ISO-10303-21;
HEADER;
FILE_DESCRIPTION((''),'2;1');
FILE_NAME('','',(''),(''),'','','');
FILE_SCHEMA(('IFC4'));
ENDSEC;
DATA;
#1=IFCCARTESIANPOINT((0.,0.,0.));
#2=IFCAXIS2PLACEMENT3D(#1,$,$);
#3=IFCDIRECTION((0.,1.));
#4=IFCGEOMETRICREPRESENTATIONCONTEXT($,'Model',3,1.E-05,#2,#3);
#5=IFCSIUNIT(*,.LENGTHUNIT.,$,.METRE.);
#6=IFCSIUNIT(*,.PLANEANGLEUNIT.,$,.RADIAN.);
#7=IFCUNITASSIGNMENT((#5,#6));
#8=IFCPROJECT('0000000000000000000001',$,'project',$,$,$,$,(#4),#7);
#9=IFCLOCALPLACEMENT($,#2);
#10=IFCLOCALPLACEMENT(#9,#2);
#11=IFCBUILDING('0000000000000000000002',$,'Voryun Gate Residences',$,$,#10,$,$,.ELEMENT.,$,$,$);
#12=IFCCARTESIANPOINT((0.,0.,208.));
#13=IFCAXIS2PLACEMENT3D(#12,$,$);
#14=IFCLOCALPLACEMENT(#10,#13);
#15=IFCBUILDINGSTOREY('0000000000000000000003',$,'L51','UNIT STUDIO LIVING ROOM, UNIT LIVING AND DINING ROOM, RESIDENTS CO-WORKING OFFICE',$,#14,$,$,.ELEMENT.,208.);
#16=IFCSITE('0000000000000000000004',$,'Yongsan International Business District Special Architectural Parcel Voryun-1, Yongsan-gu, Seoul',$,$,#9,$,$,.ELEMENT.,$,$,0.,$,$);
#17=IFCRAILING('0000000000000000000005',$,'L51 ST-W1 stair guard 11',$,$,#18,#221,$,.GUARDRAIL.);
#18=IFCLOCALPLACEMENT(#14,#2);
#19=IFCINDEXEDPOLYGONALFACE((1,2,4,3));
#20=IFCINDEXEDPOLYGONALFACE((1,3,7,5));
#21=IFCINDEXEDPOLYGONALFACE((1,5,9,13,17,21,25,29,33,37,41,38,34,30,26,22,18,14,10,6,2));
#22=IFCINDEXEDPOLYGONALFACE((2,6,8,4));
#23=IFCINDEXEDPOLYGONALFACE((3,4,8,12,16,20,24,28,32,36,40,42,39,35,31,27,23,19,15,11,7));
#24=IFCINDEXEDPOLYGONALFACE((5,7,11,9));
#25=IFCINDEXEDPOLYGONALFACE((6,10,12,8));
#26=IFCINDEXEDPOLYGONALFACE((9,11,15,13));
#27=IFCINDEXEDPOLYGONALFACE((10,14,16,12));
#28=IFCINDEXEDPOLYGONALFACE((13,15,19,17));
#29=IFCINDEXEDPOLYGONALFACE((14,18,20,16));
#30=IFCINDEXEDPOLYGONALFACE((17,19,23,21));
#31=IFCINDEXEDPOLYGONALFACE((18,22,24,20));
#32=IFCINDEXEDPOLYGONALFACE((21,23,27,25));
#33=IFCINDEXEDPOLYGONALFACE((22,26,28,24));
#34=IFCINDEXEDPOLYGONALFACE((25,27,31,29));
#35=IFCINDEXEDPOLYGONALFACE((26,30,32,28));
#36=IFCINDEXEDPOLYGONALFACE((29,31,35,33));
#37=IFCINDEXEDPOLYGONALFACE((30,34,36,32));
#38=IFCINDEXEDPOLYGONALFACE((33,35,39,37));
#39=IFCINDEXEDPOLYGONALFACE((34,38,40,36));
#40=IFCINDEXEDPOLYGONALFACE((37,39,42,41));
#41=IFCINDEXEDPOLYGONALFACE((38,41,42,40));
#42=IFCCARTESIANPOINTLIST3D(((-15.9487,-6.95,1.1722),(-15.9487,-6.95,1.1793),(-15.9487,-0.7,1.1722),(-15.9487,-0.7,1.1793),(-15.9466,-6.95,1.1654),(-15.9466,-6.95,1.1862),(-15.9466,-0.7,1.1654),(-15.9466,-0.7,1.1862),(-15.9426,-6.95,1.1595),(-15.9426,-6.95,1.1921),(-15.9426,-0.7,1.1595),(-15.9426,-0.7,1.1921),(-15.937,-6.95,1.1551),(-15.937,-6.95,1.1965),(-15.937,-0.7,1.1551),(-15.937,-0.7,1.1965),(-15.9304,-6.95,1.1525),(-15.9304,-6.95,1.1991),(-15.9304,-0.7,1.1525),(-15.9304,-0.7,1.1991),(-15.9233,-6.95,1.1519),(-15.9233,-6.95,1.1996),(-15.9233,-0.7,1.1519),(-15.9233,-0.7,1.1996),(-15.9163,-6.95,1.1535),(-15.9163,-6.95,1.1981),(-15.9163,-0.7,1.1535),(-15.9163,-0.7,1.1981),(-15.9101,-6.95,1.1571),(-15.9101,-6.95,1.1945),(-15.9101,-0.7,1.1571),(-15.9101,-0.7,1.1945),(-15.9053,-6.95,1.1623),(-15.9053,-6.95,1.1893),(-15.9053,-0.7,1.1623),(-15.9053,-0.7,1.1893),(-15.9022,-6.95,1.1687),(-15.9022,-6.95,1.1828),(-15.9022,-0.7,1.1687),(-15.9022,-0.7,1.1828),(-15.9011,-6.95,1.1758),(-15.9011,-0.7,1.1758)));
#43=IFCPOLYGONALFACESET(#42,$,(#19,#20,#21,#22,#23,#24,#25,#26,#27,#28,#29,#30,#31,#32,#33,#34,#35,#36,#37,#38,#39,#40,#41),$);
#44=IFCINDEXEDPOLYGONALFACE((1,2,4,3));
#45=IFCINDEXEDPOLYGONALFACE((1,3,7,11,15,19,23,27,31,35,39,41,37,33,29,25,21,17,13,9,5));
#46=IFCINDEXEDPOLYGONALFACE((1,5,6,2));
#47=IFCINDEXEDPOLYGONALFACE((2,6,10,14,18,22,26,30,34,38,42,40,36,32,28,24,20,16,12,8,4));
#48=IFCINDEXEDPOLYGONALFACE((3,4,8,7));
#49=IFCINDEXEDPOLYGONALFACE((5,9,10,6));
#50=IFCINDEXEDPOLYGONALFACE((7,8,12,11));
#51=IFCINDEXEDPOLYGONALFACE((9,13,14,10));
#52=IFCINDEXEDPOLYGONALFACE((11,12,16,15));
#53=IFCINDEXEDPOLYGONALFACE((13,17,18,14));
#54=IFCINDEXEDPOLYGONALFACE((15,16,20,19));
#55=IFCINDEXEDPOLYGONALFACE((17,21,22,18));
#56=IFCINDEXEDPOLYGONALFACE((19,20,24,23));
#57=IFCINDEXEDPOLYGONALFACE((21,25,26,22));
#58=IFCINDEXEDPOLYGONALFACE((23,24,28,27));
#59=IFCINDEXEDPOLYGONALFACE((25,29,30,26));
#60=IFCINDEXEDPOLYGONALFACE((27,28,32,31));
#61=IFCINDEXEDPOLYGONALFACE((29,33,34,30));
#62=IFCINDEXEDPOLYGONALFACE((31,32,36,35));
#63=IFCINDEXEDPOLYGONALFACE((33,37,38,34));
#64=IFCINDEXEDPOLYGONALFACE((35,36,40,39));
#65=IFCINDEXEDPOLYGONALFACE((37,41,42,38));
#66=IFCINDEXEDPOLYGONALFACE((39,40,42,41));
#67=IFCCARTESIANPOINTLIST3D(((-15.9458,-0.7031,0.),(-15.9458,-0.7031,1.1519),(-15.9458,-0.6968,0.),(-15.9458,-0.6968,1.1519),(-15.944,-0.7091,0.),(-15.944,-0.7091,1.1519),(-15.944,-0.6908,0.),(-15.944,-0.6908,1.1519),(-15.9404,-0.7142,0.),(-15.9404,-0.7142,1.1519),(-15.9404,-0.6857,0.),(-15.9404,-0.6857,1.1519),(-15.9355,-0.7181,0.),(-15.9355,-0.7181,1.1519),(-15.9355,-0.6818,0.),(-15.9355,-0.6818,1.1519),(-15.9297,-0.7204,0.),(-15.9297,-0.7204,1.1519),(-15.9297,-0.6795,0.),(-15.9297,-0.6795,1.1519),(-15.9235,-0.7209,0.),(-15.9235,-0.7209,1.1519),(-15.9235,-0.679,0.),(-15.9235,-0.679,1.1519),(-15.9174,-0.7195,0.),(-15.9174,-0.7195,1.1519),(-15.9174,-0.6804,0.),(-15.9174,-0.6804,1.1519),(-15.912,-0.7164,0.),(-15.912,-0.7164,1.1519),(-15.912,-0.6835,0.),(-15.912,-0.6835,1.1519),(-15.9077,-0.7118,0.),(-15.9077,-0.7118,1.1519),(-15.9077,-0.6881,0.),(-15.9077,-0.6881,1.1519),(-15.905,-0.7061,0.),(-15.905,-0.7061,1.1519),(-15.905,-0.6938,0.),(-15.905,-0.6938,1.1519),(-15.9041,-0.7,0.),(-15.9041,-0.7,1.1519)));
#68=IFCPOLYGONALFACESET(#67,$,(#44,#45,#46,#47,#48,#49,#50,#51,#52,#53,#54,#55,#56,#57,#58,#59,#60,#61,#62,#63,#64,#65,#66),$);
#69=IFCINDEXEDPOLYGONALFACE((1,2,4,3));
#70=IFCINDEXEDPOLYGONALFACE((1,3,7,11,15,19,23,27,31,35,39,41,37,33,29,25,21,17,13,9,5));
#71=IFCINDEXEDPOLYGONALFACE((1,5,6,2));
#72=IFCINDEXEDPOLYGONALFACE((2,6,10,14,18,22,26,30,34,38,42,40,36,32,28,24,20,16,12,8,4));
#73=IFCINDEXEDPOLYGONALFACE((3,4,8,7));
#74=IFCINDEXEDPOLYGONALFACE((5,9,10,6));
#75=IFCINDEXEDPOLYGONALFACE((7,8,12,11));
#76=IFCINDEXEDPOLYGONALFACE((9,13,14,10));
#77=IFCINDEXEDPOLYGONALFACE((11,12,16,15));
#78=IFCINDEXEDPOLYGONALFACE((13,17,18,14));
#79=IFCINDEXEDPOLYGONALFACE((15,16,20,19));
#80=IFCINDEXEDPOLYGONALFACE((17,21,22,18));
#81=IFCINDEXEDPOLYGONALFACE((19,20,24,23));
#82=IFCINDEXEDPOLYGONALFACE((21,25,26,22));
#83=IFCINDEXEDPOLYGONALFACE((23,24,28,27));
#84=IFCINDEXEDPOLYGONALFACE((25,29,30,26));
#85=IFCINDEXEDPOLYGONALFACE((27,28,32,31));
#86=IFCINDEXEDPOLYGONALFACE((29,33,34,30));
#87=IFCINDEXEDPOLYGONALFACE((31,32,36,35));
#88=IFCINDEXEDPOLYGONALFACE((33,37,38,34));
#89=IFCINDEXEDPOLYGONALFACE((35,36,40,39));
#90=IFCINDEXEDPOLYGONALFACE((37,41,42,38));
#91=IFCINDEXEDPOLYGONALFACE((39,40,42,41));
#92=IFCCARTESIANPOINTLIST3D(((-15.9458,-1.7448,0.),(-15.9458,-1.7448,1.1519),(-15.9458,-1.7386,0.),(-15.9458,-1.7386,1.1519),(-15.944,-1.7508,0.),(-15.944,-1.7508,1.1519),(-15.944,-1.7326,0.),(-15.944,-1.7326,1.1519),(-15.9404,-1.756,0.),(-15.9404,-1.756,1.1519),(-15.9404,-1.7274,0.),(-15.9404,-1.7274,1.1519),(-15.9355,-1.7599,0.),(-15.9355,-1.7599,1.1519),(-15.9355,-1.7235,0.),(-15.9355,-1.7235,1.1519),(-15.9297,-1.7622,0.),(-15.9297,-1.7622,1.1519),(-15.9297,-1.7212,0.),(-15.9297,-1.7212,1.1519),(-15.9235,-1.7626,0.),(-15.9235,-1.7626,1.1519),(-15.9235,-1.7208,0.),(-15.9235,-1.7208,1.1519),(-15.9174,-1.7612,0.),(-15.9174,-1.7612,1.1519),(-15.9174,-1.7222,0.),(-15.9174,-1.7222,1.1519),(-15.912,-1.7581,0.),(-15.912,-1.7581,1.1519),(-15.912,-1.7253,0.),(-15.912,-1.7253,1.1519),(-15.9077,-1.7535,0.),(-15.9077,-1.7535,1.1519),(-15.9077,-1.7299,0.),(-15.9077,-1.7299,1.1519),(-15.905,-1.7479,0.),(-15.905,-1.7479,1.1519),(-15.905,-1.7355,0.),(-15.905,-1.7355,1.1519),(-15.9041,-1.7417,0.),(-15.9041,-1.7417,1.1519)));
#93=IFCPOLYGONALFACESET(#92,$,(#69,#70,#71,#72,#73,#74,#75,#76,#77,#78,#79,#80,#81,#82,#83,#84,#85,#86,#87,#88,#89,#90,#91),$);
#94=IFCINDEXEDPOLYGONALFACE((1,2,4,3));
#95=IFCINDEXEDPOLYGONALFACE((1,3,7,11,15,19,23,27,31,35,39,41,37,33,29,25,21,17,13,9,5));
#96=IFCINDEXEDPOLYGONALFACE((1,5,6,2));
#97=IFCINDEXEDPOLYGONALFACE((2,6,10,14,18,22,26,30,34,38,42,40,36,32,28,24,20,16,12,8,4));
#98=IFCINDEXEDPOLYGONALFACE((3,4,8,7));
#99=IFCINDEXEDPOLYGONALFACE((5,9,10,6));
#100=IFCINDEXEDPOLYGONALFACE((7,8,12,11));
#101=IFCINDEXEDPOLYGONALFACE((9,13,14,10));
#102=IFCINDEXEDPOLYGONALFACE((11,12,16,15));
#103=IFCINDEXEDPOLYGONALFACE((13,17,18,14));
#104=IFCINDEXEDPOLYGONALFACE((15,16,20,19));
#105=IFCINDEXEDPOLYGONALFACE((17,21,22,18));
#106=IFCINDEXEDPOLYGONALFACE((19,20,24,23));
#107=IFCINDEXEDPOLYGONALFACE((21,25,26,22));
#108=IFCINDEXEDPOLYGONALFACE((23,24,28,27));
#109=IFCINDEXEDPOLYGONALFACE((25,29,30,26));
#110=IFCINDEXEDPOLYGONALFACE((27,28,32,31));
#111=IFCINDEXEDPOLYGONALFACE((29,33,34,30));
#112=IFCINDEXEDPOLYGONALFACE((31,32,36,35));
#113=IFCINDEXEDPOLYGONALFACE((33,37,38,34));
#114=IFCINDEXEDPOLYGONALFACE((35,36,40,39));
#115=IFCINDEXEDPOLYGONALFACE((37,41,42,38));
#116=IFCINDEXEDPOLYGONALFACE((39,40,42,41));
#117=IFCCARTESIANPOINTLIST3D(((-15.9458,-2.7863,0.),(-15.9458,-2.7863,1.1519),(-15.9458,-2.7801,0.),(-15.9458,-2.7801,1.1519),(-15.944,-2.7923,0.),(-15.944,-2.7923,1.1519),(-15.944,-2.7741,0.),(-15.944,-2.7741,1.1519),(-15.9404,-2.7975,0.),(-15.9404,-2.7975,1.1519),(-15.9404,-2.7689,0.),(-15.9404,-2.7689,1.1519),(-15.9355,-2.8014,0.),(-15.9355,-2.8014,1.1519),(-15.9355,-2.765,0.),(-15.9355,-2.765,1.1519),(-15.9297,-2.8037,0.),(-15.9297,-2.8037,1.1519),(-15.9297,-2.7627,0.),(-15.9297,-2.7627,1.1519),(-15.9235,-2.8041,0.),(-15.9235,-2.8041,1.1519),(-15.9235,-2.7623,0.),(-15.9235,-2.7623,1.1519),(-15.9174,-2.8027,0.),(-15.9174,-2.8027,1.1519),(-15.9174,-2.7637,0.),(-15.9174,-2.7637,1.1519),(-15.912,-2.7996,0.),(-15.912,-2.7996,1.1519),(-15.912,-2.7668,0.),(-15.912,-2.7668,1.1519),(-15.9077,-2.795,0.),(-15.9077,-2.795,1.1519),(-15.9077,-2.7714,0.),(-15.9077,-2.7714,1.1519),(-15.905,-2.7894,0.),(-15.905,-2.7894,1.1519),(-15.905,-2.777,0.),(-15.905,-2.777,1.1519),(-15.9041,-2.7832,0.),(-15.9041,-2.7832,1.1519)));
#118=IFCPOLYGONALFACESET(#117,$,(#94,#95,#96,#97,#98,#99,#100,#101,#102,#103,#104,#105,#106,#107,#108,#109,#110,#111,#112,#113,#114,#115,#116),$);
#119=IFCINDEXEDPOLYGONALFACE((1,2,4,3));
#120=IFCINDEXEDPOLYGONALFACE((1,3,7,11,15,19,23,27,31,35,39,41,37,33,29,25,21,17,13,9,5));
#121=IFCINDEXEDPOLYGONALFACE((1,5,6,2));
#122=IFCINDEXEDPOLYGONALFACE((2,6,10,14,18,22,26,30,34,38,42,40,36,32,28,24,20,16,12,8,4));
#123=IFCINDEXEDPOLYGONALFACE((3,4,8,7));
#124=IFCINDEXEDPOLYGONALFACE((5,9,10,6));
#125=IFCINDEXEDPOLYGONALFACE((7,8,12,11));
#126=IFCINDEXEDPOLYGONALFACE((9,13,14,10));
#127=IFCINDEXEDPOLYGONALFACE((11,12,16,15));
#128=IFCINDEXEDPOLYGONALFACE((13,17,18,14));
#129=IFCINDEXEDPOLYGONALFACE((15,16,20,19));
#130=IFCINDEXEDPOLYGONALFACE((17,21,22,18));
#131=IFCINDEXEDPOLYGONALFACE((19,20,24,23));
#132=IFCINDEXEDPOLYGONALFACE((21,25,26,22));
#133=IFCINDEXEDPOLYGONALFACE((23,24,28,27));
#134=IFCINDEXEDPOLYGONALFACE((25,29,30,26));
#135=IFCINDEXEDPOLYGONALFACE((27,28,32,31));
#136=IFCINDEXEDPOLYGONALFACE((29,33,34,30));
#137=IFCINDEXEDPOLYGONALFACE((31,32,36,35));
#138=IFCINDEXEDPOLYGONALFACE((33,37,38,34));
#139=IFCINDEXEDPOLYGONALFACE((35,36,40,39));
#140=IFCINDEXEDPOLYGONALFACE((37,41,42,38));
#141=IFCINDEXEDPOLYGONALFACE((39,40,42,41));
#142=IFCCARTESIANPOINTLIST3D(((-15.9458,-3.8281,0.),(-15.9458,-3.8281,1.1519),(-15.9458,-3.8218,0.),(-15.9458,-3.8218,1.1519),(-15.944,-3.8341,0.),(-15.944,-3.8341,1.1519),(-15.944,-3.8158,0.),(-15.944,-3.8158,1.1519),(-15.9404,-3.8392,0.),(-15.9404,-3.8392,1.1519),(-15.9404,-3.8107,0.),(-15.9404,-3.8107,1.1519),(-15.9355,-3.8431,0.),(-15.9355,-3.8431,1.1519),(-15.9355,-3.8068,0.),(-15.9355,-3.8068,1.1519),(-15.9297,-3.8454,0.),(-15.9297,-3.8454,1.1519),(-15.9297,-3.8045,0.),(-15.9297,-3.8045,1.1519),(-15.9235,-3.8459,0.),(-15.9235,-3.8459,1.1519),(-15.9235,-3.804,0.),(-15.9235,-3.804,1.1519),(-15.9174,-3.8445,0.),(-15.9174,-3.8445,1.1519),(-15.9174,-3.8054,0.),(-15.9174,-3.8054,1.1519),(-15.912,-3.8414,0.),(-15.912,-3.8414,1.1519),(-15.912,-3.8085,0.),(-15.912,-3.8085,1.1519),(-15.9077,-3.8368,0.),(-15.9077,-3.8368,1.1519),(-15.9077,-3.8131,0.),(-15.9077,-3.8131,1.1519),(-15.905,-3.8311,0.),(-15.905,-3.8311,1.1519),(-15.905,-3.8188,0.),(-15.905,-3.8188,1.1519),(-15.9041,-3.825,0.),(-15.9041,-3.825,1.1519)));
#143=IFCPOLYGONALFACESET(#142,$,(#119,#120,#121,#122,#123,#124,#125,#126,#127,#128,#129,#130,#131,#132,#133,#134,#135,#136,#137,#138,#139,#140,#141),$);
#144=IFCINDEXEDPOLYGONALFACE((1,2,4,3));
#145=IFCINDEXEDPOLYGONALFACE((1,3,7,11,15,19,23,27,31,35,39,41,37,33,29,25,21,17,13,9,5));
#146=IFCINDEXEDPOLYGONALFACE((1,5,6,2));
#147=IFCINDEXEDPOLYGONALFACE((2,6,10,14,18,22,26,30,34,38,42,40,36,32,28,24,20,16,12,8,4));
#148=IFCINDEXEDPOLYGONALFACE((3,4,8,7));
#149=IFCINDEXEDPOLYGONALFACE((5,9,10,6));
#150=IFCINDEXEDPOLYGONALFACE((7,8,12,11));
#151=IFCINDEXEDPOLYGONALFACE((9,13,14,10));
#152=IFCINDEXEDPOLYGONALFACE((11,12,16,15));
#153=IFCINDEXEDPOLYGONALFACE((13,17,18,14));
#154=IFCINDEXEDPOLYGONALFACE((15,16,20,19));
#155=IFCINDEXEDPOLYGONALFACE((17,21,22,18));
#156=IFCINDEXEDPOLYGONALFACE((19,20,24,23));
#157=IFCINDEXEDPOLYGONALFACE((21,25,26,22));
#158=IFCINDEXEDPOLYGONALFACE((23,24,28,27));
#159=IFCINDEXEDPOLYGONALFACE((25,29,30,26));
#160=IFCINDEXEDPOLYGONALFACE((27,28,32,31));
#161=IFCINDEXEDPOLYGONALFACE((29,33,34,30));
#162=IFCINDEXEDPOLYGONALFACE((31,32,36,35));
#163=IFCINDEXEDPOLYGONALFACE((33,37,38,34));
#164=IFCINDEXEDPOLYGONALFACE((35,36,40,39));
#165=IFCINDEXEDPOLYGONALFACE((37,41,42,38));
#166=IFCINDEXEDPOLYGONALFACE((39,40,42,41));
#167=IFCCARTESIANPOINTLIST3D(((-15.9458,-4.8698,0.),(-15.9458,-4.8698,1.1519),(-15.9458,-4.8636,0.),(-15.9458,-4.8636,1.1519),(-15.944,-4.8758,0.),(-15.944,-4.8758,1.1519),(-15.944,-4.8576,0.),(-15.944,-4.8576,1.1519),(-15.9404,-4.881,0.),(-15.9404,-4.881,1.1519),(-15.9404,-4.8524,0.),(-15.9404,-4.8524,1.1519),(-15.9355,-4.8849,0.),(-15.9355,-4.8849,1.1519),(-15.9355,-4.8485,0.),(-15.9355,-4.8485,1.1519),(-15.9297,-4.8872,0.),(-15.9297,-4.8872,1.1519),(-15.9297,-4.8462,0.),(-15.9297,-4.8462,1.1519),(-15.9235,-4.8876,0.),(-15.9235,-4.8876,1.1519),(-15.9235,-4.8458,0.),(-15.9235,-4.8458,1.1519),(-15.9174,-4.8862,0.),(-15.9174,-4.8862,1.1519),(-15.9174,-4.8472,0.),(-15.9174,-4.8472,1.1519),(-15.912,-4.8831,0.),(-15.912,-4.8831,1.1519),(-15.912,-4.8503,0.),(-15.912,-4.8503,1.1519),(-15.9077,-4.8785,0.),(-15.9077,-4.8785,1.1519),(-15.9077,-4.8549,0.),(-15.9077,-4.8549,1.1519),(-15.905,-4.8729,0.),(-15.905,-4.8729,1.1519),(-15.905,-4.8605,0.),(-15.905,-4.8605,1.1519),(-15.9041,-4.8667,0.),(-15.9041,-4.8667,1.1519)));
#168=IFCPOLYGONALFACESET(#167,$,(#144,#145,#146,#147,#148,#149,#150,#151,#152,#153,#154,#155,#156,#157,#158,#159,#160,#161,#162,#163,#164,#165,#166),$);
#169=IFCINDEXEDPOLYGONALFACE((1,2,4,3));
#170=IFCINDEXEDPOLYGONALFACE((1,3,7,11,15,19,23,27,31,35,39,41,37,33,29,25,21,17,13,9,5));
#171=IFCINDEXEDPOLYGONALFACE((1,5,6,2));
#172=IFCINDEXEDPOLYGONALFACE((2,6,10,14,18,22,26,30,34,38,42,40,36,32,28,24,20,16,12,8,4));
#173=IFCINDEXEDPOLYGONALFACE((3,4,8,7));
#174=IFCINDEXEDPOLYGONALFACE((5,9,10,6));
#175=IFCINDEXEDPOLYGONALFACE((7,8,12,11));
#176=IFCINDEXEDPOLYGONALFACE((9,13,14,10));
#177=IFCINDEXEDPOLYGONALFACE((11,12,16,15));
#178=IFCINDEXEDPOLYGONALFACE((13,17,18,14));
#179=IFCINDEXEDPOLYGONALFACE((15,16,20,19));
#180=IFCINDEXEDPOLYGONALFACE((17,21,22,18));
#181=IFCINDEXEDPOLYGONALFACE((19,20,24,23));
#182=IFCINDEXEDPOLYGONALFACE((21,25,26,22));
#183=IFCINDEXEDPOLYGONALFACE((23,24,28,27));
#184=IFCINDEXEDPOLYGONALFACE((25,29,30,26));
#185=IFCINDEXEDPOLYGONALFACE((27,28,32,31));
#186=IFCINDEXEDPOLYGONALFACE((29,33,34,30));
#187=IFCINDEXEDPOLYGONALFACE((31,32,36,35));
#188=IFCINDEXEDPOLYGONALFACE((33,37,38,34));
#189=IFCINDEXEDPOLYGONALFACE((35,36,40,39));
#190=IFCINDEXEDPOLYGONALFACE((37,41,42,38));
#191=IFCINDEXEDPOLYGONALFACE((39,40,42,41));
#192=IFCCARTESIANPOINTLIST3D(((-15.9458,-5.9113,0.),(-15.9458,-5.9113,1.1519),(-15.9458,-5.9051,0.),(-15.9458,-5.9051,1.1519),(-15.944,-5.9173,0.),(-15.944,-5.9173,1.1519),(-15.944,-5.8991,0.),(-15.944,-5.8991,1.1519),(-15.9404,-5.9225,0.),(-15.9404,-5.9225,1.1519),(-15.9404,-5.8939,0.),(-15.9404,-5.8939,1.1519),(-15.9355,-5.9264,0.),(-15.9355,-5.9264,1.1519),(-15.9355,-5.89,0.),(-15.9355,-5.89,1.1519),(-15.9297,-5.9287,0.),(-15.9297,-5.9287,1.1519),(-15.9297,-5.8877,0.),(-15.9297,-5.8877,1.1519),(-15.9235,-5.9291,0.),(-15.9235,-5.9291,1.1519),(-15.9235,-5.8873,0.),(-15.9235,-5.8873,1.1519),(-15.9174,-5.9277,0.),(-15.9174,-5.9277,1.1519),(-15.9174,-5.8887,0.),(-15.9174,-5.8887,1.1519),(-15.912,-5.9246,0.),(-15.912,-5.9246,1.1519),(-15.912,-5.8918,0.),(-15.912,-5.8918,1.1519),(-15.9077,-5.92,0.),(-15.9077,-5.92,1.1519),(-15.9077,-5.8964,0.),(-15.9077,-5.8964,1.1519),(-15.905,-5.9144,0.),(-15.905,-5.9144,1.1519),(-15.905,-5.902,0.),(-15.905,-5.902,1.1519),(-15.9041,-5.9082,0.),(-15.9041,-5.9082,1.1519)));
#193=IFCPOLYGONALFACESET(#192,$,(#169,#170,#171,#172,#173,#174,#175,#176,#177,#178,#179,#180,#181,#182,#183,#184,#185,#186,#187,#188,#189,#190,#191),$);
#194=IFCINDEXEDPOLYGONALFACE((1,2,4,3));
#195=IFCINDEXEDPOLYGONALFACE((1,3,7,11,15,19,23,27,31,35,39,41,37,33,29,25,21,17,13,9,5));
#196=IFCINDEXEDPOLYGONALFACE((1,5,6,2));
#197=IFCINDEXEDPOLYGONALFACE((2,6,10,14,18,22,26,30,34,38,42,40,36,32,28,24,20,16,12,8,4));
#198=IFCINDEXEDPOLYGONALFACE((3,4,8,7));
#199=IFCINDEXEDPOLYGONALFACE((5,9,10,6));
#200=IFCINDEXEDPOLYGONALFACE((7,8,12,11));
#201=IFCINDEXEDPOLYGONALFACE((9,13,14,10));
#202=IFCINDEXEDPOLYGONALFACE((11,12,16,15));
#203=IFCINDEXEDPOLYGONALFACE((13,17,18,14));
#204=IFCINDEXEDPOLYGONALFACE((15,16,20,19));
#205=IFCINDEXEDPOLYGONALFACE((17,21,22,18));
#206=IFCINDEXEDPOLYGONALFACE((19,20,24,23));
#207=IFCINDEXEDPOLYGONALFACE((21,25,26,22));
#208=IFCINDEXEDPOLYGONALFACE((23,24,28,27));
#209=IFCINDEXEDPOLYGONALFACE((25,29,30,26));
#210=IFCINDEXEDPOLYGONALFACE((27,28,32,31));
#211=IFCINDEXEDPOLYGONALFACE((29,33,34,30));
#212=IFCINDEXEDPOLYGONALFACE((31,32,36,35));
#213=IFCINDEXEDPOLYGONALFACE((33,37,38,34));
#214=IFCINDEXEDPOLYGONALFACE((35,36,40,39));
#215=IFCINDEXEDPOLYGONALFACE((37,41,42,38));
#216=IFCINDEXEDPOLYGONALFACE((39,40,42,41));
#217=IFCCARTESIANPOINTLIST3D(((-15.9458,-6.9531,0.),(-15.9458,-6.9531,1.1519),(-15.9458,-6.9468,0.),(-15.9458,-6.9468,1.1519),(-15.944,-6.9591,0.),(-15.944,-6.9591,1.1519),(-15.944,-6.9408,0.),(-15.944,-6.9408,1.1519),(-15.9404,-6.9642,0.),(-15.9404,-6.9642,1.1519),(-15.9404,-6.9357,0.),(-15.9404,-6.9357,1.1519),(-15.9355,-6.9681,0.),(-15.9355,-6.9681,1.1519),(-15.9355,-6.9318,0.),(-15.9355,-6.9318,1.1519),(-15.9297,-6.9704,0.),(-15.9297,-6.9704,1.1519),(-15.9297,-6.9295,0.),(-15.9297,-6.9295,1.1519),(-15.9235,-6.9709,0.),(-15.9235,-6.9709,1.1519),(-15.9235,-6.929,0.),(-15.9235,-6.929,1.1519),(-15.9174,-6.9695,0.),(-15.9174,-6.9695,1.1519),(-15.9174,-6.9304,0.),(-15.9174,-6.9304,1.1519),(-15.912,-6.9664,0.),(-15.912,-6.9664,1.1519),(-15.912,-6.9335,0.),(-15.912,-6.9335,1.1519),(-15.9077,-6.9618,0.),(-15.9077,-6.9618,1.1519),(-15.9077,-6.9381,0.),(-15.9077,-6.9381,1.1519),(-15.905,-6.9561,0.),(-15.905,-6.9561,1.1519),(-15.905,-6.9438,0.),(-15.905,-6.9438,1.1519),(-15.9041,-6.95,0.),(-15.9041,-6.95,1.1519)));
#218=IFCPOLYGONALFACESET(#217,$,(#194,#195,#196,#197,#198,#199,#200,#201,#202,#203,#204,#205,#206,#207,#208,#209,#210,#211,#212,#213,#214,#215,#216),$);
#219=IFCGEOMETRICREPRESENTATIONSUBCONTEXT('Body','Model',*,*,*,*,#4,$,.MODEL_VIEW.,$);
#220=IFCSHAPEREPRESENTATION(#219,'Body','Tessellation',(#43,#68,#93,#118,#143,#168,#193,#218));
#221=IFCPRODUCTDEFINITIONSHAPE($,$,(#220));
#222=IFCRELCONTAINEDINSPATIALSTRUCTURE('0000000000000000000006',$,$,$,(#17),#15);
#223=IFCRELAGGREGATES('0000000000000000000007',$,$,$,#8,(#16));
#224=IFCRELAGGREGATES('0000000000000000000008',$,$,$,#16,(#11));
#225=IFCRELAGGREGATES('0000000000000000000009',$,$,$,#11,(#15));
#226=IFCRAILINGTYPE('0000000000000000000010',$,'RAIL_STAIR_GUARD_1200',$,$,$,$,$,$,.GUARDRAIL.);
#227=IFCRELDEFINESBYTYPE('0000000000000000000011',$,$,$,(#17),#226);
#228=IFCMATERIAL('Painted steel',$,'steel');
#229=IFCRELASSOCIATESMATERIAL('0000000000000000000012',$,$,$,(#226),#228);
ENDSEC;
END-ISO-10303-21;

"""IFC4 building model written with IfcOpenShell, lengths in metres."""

from ifc_helpers import new_model, si_unit, direction, frame, origin, origin_2d, place, context, subcontext, project, spatial, circle, extrude, material, type_object, element, save


model = new_model("IFC4")

# Units and contexts
model_context = context("Model", 3, precision=1e-05, world=origin(), true_north=direction((0.0, 1.0)))
body_context = subcontext(model_context, "Body", "Model", "MODEL_VIEW")
ifc_project = project(units=[si_unit("LENGTHUNIT", "METRE"), si_unit("PLANEANGLEUNIT", "RADIAN")], contexts=[model_context])

# Site, building, storey
site_placement = place(None, origin())
site = spatial("IfcSite", under=ifc_project, at=site_placement, Name="Yongsan International Business District Special Architectural Parcel Voryun-1, Yongsan-gu, Seoul", CompositionType="ELEMENT", RefElevation=0.0)
building_placement = place(site_placement, origin())
building = spatial("IfcBuilding", under=site, at=building_placement, Name="Voryun Gate Residences", CompositionType="ELEMENT")
storey_placement = place(building_placement, frame((0.0, 0.0, 208.0)))
storey = spatial("IfcBuildingStorey", under=building, at=storey_placement, Name="L51", Description="UNIT STUDIO LIVING ROOM, UNIT LIVING AND DINING ROOM, RESIDENTS CO-WORKING OFFICE", CompositionType="ELEMENT", Elevation=208.0)

# Railing
ifc_material_1 = material(Name="Painted steel", Category="steel")
railing_type = type_object("IfcRailingType", Name="RAIL_STAIR_GUARD_1200", PredefinedType="GUARDRAIL", material=ifc_material_1)
railing_1_placement = place(storey_placement, frame((-15.925, -0.7, 0.0)))
element("IfcRailing", 1, at=railing_1_placement, inside=storey, type_object=railing_type, Name="L51 ST-W1 stair guard 11", PredefinedType="GUARDRAIL", context=body_context, shape_type="SweptSolid", body=[
    extrude(circle(Radius=0.0239, at=origin_2d()), frame((0.0, 0.0, 1.1758), z_axis=(0.0, -1.0, 0.0), x_axis=(1.0, 0.0, 0.0)), (0.0, 0.0, 1.0), 6.25),
    extrude(circle(Radius=0.021, at=origin_2d()), origin(), (0.0, 0.0, 1.0), 1.1519),
    extrude(circle(Radius=0.021, at=origin_2d()), frame((0.0, -1.0417, 0.0)), (0.0, 0.0, 1.0), 1.1519),
    extrude(circle(Radius=0.021, at=origin_2d()), frame((0.0, -2.0833, 0.0)), (0.0, 0.0, 1.0), 1.1519),
    extrude(circle(Radius=0.021, at=origin_2d()), frame((0.0, -3.125, 0.0)), (0.0, 0.0, 1.0), 1.1519),
    extrude(circle(Radius=0.021, at=origin_2d()), frame((0.0, -4.1667, 0.0)), (0.0, 0.0, 1.0), 1.1519),
    extrude(circle(Radius=0.021, at=origin_2d()), frame((0.0, -5.2083, 0.0)), (0.0, 0.0, 1.0), 1.1519),
    extrude(circle(Radius=0.021, at=origin_2d()), frame((0.0, -6.25, 0.0)), (0.0, 0.0, 1.0), 1.1519),
])

save(model, "model.ifc")
